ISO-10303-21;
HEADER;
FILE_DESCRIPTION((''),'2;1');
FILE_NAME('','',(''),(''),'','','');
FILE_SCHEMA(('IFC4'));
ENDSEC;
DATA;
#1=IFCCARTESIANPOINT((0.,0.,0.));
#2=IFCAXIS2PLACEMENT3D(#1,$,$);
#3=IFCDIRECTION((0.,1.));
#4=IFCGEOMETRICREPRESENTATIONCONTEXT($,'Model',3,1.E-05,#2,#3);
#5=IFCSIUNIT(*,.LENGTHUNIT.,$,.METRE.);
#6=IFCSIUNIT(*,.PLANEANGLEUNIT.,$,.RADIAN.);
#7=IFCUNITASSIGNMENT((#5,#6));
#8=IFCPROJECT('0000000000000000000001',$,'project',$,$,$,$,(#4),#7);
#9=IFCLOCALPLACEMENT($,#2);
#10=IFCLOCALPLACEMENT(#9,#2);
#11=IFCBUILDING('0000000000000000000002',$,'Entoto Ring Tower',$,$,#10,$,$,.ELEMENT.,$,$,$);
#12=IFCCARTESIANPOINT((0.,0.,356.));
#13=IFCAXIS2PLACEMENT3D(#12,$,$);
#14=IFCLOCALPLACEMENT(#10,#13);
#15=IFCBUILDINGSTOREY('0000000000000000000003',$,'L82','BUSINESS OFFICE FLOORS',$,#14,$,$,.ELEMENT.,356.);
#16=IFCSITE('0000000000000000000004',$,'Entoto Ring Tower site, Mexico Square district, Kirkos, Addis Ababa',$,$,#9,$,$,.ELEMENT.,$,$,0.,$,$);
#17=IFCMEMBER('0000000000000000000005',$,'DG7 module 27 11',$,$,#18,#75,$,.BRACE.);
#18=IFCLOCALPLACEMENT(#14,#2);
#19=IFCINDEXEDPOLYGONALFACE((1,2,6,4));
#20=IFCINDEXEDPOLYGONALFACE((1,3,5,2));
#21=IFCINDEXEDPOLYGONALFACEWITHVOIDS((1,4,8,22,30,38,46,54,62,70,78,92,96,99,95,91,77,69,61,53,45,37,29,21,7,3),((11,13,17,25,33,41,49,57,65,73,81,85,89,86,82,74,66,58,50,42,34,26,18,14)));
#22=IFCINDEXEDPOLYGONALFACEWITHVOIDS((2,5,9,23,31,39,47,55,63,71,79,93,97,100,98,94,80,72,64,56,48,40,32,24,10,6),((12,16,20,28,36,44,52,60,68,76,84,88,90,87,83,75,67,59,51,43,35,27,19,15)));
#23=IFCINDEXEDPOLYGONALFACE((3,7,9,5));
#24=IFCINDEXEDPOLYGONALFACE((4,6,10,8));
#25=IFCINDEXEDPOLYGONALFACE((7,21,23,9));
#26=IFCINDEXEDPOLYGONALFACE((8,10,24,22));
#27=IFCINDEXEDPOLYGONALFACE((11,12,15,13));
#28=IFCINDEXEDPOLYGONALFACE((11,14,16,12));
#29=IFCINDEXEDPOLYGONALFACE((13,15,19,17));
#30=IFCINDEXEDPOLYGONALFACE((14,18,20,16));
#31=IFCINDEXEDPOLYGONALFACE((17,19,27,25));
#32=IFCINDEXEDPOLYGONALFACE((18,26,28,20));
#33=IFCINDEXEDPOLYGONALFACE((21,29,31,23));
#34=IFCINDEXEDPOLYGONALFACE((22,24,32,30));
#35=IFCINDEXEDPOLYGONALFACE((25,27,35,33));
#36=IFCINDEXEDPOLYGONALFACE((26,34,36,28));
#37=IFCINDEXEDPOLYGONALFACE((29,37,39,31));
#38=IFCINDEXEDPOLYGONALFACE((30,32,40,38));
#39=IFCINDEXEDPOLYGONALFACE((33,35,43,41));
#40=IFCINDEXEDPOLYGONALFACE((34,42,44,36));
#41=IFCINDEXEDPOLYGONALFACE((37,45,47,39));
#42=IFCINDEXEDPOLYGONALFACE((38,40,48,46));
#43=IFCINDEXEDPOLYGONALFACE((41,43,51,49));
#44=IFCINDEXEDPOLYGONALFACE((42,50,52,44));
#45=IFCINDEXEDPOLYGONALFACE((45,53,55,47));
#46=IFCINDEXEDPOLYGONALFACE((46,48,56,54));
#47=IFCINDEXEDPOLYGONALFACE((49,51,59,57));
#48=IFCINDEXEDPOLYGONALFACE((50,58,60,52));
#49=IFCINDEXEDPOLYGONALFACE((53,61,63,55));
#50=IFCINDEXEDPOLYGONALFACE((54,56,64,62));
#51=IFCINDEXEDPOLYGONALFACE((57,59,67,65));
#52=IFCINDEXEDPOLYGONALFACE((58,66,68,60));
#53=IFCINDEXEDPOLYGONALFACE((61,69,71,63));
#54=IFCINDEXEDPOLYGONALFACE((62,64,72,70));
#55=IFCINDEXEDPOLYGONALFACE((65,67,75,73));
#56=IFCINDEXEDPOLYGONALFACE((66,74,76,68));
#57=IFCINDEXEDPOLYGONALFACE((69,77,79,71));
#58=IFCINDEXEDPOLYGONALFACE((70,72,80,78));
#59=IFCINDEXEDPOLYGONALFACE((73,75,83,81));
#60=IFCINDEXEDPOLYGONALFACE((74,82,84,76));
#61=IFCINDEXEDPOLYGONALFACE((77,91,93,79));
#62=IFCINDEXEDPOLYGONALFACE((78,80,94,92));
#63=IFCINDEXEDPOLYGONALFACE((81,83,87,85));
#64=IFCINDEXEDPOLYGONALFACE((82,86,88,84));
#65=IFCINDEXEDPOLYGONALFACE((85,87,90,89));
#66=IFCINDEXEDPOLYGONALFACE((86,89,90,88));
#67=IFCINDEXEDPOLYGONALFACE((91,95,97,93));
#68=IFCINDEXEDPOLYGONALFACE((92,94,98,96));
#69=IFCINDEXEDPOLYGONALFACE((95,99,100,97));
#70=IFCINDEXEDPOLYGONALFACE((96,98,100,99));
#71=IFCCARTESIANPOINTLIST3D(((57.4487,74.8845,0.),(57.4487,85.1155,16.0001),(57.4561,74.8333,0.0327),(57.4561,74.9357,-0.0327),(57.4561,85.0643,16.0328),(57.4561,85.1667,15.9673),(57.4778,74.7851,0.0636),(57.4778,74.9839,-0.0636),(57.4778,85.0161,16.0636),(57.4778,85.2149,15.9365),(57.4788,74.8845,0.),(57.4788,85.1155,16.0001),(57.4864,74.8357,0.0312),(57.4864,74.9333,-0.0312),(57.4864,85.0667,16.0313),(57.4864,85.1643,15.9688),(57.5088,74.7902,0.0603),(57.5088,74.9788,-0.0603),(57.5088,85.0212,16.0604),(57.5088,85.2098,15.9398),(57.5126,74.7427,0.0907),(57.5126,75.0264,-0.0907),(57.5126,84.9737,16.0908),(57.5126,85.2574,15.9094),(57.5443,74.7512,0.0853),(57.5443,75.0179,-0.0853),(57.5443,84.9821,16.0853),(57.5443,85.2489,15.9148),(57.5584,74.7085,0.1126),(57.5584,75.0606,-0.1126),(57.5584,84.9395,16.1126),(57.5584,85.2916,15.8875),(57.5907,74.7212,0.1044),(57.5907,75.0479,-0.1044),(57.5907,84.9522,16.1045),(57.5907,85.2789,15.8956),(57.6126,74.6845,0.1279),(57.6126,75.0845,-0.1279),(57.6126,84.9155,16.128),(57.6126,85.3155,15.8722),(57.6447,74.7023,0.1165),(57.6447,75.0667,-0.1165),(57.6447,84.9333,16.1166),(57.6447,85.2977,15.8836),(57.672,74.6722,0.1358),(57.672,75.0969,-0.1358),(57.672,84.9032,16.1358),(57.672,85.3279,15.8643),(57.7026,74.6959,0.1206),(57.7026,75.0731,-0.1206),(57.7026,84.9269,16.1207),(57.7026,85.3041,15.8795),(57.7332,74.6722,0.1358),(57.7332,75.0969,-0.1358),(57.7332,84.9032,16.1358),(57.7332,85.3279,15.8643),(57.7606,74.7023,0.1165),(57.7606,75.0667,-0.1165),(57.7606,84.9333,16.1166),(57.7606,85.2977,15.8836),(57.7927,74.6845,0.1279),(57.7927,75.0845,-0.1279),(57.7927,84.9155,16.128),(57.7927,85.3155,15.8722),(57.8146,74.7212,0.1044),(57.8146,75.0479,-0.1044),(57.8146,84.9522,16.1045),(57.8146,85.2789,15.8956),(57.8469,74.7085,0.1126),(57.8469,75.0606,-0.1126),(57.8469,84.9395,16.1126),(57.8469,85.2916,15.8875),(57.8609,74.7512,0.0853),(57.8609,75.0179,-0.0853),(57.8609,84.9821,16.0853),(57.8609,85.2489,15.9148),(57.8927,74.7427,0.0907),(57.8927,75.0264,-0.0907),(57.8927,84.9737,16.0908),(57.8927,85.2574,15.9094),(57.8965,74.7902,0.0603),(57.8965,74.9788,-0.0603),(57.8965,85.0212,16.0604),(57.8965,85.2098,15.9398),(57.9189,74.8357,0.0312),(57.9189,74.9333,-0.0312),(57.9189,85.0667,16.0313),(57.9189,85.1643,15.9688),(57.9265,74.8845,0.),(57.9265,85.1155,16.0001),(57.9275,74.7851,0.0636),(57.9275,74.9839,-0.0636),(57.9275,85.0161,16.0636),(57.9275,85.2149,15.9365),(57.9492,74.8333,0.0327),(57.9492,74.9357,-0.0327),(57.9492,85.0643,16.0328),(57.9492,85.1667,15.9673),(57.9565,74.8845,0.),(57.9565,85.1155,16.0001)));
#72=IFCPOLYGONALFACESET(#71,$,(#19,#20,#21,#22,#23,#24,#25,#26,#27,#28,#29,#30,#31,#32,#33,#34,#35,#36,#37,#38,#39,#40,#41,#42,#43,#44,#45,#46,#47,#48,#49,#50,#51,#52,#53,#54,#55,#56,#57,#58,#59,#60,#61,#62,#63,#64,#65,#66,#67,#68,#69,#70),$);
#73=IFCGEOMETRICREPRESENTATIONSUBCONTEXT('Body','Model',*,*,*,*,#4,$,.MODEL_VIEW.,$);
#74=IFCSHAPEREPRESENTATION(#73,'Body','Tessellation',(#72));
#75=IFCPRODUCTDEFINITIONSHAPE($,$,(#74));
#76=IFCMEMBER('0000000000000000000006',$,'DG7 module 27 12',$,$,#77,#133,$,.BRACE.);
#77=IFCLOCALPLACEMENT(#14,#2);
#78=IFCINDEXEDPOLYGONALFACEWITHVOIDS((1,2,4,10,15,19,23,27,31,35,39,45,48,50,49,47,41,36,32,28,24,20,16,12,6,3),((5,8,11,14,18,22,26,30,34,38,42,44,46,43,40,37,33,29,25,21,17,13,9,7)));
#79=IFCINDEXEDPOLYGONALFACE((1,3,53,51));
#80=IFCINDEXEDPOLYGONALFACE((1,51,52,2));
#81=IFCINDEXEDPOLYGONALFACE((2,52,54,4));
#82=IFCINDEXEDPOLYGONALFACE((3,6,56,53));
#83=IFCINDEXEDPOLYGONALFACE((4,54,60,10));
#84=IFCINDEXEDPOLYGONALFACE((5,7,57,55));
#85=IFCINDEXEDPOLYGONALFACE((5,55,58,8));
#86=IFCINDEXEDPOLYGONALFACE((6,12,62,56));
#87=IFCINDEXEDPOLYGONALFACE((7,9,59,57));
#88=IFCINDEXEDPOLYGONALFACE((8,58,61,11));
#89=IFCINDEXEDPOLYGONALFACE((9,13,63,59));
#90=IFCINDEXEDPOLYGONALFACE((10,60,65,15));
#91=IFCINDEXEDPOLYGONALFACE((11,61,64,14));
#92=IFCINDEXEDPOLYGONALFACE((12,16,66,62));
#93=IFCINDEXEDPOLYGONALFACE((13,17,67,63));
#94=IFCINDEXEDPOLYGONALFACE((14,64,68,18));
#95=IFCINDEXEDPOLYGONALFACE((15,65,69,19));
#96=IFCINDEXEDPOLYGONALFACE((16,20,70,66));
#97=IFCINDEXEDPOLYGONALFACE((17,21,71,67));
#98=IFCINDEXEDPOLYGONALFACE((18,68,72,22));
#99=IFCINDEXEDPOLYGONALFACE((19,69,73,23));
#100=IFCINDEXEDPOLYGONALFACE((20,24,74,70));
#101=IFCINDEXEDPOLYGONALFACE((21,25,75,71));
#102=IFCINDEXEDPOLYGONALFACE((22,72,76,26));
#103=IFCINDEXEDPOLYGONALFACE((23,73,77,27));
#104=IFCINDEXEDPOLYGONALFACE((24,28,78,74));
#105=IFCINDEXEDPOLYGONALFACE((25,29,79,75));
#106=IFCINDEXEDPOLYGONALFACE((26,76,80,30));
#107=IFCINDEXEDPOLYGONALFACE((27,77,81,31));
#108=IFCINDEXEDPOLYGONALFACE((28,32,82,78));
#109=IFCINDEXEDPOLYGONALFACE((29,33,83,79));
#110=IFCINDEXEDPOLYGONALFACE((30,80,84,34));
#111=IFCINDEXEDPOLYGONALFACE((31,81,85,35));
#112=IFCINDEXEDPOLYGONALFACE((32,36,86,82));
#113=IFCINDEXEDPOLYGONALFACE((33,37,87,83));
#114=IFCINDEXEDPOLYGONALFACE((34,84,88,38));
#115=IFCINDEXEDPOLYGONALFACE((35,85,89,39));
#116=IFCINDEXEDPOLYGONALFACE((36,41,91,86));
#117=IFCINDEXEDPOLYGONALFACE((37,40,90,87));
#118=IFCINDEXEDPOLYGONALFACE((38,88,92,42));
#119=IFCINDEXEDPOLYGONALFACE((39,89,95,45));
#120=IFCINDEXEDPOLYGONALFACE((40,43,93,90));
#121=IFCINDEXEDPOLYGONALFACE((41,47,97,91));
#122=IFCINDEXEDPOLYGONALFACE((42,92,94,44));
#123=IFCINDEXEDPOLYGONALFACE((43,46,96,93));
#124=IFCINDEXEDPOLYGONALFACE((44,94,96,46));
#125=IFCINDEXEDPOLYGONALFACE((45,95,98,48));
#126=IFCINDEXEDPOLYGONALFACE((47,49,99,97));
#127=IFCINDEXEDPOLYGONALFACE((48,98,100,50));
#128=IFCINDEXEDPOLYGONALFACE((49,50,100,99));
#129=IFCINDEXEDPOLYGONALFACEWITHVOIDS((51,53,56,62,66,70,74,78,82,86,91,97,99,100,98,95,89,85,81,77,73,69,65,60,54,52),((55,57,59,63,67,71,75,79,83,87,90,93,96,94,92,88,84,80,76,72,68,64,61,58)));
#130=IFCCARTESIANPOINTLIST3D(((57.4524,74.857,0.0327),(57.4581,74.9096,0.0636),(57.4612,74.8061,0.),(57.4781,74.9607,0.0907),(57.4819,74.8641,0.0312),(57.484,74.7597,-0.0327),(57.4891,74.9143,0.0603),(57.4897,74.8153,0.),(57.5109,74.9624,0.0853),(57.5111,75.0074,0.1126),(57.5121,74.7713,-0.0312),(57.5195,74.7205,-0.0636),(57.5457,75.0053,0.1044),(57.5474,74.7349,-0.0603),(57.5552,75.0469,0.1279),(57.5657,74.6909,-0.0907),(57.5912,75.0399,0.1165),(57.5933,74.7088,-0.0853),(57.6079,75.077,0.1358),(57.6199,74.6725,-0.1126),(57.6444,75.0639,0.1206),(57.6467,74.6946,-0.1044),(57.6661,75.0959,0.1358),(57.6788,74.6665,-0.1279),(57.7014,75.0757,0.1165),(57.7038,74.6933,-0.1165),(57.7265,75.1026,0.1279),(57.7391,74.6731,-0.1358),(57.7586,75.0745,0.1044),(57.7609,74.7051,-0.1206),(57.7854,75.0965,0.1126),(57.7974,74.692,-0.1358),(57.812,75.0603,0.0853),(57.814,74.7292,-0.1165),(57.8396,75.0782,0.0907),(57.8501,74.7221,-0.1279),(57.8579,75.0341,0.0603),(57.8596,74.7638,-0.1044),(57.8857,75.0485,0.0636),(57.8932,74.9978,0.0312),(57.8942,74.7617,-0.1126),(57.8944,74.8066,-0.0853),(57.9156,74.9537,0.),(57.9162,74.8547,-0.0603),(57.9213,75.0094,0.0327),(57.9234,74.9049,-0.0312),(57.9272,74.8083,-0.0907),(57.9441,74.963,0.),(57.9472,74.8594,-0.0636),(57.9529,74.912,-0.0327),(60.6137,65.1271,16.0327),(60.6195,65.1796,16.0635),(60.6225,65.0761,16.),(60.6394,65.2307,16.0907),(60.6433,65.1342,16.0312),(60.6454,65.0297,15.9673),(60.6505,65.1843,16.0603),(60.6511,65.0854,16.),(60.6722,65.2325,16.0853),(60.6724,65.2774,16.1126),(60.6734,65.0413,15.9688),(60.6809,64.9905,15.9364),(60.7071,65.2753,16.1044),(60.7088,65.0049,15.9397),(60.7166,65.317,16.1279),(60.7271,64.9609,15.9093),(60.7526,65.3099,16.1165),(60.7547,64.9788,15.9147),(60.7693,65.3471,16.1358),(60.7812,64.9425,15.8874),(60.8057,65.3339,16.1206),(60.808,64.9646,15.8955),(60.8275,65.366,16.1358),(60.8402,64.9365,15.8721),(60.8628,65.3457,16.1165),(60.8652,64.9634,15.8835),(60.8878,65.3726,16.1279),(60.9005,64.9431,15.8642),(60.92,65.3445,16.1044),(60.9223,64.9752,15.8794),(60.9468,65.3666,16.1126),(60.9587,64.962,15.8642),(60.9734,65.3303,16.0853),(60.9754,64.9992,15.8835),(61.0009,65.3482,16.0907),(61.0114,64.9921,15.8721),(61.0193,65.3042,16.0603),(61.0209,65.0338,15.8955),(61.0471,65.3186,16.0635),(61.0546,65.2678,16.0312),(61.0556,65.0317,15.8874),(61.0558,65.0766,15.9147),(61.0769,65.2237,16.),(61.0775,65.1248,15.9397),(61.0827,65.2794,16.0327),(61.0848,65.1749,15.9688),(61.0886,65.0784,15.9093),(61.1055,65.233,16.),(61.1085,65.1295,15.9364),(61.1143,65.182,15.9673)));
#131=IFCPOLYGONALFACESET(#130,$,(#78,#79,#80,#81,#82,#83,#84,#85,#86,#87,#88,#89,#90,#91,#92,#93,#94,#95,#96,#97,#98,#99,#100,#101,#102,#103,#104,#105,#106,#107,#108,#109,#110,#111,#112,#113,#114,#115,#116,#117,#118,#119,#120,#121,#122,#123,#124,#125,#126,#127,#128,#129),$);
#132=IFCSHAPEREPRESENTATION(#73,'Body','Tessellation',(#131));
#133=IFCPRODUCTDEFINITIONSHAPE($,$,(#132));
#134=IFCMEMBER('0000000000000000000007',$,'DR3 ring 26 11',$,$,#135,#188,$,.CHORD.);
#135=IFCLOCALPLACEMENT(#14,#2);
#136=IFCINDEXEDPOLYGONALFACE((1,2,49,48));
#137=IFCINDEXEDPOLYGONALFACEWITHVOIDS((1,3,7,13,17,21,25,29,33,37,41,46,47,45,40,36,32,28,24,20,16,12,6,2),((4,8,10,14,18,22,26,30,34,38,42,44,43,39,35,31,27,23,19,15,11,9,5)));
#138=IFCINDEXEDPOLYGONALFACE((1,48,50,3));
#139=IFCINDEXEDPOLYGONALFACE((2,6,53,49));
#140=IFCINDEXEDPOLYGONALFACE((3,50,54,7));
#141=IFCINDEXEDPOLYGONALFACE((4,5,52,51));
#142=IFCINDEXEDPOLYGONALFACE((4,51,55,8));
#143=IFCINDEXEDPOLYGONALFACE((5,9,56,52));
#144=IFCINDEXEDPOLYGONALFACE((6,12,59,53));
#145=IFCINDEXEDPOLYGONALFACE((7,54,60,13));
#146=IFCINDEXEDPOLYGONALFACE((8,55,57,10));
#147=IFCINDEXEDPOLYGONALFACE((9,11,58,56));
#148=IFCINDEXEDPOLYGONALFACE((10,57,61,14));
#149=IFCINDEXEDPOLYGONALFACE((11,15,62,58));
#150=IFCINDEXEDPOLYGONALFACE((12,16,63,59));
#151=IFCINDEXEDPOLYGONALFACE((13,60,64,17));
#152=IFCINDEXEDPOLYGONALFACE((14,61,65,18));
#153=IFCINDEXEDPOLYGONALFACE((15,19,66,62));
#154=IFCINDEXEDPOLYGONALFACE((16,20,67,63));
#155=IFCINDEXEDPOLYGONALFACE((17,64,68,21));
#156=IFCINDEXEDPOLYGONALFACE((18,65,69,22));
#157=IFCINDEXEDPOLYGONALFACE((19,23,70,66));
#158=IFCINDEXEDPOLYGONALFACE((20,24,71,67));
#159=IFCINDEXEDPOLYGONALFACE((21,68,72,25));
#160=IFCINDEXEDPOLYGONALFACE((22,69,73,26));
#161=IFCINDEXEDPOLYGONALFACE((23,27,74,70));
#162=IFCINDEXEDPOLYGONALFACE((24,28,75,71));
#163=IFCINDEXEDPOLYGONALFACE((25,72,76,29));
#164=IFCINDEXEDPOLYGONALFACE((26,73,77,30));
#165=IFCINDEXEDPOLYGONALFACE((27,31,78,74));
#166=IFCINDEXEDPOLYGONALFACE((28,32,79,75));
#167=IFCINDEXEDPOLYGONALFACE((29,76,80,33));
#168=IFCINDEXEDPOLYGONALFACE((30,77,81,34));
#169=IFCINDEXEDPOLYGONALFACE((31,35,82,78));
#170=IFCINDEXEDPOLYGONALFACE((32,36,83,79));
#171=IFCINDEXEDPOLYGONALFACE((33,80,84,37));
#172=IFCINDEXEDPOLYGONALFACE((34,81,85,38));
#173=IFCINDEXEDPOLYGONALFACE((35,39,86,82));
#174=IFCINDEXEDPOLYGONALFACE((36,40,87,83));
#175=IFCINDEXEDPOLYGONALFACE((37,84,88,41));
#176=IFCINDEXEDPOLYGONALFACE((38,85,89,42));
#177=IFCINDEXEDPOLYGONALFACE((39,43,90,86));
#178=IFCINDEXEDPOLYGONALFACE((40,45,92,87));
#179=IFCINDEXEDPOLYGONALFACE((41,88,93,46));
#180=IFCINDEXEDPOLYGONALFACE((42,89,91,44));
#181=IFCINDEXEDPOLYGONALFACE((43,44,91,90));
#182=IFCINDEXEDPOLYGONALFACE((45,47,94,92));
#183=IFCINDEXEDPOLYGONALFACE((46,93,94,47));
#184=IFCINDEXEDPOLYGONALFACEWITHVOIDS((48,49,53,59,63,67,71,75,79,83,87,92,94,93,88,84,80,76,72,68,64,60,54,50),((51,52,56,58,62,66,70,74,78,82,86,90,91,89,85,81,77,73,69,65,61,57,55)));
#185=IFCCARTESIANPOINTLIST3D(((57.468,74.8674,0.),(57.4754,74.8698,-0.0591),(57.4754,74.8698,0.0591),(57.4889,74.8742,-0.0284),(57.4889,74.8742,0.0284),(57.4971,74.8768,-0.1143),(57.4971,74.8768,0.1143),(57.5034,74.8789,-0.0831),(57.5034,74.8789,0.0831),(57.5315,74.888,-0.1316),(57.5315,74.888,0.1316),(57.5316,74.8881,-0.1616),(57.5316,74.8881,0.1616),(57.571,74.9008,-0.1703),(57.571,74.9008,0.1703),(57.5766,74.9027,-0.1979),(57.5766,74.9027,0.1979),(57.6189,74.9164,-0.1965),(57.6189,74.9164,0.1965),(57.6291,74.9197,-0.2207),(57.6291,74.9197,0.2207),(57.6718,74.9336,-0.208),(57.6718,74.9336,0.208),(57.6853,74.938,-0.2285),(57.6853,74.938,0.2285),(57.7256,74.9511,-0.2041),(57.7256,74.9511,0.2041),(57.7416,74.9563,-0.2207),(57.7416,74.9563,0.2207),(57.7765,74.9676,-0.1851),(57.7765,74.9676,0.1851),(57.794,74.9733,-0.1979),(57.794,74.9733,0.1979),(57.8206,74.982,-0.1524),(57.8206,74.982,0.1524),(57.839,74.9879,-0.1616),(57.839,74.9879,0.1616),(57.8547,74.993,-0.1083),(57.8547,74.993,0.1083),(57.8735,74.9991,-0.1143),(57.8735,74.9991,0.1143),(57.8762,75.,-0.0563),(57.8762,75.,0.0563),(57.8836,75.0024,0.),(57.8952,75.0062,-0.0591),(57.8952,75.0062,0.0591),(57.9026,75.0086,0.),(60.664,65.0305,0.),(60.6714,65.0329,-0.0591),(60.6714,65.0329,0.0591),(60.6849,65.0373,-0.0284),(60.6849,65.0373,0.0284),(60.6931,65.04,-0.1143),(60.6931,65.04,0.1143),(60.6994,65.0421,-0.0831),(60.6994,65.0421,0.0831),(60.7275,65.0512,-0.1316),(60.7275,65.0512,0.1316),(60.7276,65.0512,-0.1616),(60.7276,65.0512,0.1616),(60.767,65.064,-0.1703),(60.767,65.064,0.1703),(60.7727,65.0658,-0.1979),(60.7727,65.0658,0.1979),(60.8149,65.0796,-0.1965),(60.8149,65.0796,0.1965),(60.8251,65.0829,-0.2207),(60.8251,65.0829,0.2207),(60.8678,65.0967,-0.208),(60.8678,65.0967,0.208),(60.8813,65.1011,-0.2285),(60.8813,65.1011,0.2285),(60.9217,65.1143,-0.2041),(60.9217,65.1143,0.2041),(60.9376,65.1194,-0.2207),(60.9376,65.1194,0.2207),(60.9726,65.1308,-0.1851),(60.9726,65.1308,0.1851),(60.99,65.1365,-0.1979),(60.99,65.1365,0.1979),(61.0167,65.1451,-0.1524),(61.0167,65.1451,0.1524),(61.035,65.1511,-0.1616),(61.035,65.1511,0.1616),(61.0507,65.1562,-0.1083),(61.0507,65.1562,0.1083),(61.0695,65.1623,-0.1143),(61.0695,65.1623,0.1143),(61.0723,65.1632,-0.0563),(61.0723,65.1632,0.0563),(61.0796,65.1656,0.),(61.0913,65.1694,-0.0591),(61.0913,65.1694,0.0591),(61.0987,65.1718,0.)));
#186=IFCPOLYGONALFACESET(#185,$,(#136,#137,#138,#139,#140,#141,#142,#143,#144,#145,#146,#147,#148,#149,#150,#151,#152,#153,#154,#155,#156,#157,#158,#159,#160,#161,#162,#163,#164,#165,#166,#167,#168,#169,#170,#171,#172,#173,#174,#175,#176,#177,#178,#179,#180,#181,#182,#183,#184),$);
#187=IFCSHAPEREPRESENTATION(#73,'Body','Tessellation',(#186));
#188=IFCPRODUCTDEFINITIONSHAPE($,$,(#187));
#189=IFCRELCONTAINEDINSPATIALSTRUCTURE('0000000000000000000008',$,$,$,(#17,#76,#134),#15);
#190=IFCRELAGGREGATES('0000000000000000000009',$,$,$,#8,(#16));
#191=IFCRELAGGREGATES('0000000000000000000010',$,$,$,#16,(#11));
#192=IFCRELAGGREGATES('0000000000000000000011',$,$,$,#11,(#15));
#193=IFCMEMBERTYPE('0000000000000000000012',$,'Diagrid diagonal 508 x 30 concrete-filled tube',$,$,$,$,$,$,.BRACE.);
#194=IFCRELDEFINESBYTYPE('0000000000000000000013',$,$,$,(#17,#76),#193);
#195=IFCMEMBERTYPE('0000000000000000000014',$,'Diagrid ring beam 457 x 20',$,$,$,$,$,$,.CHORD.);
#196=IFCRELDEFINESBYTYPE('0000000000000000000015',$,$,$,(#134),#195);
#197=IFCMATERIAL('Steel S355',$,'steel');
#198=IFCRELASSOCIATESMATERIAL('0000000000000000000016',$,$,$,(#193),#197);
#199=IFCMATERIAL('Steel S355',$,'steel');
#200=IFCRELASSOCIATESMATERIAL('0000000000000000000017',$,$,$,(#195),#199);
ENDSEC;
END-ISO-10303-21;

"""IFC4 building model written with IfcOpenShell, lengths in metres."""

from ifc_helpers import new_model, si_unit, direction, frame, origin, origin_2d, place, context, subcontext, project, spatial, circle, hollow_circle, extrude, material, material_profile, profile_set, type_object, element, save


model = new_model("IFC4")

# Units and contexts
model_context = context("Model", 3, precision=1e-05, world=origin(), true_north=direction((0.0, 1.0)))
body_context = subcontext(model_context, "Body", "Model", "MODEL_VIEW")
ifc_project = project(units=[si_unit("LENGTHUNIT", "METRE"), si_unit("PLANEANGLEUNIT", "RADIAN")], contexts=[model_context])

# Site, building, storey
site_placement = place(None, origin())
site = spatial("IfcSite", under=ifc_project, at=site_placement, Name="Entoto Ring Tower site, Mexico Square district, Kirkos, Addis Ababa", CompositionType="ELEMENT", RefElevation=0.0)
building_placement = place(site_placement, origin())
building = spatial("IfcBuilding", under=site, at=building_placement, Name="Entoto Ring Tower", CompositionType="ELEMENT")
storey_placement = place(building_placement, frame((0.0, 0.0, 356.0)))
storey = spatial("IfcBuildingStorey", under=building, at=storey_placement, Name="L82", Description="BUSINESS OFFICE FLOORS", CompositionType="ELEMENT", Elevation=356.0)

# Members
ifc_material_1 = material(Name="Steel S355", Category="steel")
ifc_material_profile_1 = material_profile(ifc_material_1, hollow_circle(Radius=0.2539, WallThickness=0.03, at=origin_2d()), Name="CHS 508 x 30")
ifc_material_2 = material(Name="Concrete C60/75", Category="concrete")
ifc_material_profile_2 = material_profile(ifc_material_2, circle(Radius=0.2241, at=origin_2d()), Name="Concrete C60/75 infill")
ifc_profile_set_1 = profile_set([ifc_material_profile_1, ifc_material_profile_2], Name="Steel S355")
member_type_1 = type_object("IfcMemberType", Name="Diagrid diagonal 508 x 30 concrete-filled tube", PredefinedType="BRACE", material=ifc_profile_set_1)
member_1_placement = place(storey_placement, frame((57.7026, 74.8845, 0.0), z_axis=(0.0, 0.538716, 0.842488), x_axis=(-1.0, 0.0, 0.0)))
element("IfcMember", 1, at=member_1_placement, inside=storey, type_object=member_type_1, Name="DG7 module 27 11", PredefinedType="BRACE", context=body_context, shape_type="SweptSolid", body=[
    extrude(hollow_circle(Radius=0.2539, WallThickness=0.03, at=origin_2d()), origin(), (0.0, 0.0, 1.0), 18.9915),
])
member_2_placement = place(storey_placement, frame((57.7026, 74.8845, 0.0), z_axis=(0.166465, -0.512341, 0.842494), x_axis=(0.951059, 0.309009, 0.0)))
element("IfcMember", 2, at=member_2_placement, inside=storey, type_object=member_type_1, Name="DG7 module 27 12", PredefinedType="BRACE", context=body_context, shape_type="SweptSolid", body=[
    extrude(hollow_circle(Radius=0.2539, WallThickness=0.03, at=origin_2d()), origin(), (0.0, 0.0, 1.0), 18.9912),
])
ifc_material_3 = material(Name="Steel S355", Category="steel")
ifc_material_profile_3 = material_profile(ifc_material_3, hollow_circle(Radius=0.2285, WallThickness=0.02, at=origin_2d()), Name="CHS 457 x 20")
ifc_material_4 = material(Name="Concrete C60/75", Category="concrete")
ifc_material_profile_4 = material_profile(ifc_material_4, circle(Radius=0.2085, at=origin_2d()), Name="Concrete C60/75 infill")
ifc_profile_set_2 = profile_set([ifc_material_profile_3, ifc_material_profile_4], Name="Steel S355")
member_type_2 = type_object("IfcMemberType", Name="Diagrid ring beam 457 x 20", PredefinedType="CHORD", material=ifc_profile_set_2)
member_3_placement = place(storey_placement, frame((57.6853, 74.938, 0.0), z_axis=(0.309003, -0.951061, 0.0), x_axis=(0.951061, 0.309003, 0.0)))
element("IfcMember", 3, at=member_3_placement, inside=storey, type_object=member_type_2, Name="DR3 ring 26 11", PredefinedType="CHORD", context=body_context, shape_type="SweptSolid", body=[
    extrude(hollow_circle(Radius=0.2285, WallThickness=0.02, at=origin_2d()), origin(), (0.0, 0.0, 1.0), 10.343),
])

save(model, "model.ifc")
